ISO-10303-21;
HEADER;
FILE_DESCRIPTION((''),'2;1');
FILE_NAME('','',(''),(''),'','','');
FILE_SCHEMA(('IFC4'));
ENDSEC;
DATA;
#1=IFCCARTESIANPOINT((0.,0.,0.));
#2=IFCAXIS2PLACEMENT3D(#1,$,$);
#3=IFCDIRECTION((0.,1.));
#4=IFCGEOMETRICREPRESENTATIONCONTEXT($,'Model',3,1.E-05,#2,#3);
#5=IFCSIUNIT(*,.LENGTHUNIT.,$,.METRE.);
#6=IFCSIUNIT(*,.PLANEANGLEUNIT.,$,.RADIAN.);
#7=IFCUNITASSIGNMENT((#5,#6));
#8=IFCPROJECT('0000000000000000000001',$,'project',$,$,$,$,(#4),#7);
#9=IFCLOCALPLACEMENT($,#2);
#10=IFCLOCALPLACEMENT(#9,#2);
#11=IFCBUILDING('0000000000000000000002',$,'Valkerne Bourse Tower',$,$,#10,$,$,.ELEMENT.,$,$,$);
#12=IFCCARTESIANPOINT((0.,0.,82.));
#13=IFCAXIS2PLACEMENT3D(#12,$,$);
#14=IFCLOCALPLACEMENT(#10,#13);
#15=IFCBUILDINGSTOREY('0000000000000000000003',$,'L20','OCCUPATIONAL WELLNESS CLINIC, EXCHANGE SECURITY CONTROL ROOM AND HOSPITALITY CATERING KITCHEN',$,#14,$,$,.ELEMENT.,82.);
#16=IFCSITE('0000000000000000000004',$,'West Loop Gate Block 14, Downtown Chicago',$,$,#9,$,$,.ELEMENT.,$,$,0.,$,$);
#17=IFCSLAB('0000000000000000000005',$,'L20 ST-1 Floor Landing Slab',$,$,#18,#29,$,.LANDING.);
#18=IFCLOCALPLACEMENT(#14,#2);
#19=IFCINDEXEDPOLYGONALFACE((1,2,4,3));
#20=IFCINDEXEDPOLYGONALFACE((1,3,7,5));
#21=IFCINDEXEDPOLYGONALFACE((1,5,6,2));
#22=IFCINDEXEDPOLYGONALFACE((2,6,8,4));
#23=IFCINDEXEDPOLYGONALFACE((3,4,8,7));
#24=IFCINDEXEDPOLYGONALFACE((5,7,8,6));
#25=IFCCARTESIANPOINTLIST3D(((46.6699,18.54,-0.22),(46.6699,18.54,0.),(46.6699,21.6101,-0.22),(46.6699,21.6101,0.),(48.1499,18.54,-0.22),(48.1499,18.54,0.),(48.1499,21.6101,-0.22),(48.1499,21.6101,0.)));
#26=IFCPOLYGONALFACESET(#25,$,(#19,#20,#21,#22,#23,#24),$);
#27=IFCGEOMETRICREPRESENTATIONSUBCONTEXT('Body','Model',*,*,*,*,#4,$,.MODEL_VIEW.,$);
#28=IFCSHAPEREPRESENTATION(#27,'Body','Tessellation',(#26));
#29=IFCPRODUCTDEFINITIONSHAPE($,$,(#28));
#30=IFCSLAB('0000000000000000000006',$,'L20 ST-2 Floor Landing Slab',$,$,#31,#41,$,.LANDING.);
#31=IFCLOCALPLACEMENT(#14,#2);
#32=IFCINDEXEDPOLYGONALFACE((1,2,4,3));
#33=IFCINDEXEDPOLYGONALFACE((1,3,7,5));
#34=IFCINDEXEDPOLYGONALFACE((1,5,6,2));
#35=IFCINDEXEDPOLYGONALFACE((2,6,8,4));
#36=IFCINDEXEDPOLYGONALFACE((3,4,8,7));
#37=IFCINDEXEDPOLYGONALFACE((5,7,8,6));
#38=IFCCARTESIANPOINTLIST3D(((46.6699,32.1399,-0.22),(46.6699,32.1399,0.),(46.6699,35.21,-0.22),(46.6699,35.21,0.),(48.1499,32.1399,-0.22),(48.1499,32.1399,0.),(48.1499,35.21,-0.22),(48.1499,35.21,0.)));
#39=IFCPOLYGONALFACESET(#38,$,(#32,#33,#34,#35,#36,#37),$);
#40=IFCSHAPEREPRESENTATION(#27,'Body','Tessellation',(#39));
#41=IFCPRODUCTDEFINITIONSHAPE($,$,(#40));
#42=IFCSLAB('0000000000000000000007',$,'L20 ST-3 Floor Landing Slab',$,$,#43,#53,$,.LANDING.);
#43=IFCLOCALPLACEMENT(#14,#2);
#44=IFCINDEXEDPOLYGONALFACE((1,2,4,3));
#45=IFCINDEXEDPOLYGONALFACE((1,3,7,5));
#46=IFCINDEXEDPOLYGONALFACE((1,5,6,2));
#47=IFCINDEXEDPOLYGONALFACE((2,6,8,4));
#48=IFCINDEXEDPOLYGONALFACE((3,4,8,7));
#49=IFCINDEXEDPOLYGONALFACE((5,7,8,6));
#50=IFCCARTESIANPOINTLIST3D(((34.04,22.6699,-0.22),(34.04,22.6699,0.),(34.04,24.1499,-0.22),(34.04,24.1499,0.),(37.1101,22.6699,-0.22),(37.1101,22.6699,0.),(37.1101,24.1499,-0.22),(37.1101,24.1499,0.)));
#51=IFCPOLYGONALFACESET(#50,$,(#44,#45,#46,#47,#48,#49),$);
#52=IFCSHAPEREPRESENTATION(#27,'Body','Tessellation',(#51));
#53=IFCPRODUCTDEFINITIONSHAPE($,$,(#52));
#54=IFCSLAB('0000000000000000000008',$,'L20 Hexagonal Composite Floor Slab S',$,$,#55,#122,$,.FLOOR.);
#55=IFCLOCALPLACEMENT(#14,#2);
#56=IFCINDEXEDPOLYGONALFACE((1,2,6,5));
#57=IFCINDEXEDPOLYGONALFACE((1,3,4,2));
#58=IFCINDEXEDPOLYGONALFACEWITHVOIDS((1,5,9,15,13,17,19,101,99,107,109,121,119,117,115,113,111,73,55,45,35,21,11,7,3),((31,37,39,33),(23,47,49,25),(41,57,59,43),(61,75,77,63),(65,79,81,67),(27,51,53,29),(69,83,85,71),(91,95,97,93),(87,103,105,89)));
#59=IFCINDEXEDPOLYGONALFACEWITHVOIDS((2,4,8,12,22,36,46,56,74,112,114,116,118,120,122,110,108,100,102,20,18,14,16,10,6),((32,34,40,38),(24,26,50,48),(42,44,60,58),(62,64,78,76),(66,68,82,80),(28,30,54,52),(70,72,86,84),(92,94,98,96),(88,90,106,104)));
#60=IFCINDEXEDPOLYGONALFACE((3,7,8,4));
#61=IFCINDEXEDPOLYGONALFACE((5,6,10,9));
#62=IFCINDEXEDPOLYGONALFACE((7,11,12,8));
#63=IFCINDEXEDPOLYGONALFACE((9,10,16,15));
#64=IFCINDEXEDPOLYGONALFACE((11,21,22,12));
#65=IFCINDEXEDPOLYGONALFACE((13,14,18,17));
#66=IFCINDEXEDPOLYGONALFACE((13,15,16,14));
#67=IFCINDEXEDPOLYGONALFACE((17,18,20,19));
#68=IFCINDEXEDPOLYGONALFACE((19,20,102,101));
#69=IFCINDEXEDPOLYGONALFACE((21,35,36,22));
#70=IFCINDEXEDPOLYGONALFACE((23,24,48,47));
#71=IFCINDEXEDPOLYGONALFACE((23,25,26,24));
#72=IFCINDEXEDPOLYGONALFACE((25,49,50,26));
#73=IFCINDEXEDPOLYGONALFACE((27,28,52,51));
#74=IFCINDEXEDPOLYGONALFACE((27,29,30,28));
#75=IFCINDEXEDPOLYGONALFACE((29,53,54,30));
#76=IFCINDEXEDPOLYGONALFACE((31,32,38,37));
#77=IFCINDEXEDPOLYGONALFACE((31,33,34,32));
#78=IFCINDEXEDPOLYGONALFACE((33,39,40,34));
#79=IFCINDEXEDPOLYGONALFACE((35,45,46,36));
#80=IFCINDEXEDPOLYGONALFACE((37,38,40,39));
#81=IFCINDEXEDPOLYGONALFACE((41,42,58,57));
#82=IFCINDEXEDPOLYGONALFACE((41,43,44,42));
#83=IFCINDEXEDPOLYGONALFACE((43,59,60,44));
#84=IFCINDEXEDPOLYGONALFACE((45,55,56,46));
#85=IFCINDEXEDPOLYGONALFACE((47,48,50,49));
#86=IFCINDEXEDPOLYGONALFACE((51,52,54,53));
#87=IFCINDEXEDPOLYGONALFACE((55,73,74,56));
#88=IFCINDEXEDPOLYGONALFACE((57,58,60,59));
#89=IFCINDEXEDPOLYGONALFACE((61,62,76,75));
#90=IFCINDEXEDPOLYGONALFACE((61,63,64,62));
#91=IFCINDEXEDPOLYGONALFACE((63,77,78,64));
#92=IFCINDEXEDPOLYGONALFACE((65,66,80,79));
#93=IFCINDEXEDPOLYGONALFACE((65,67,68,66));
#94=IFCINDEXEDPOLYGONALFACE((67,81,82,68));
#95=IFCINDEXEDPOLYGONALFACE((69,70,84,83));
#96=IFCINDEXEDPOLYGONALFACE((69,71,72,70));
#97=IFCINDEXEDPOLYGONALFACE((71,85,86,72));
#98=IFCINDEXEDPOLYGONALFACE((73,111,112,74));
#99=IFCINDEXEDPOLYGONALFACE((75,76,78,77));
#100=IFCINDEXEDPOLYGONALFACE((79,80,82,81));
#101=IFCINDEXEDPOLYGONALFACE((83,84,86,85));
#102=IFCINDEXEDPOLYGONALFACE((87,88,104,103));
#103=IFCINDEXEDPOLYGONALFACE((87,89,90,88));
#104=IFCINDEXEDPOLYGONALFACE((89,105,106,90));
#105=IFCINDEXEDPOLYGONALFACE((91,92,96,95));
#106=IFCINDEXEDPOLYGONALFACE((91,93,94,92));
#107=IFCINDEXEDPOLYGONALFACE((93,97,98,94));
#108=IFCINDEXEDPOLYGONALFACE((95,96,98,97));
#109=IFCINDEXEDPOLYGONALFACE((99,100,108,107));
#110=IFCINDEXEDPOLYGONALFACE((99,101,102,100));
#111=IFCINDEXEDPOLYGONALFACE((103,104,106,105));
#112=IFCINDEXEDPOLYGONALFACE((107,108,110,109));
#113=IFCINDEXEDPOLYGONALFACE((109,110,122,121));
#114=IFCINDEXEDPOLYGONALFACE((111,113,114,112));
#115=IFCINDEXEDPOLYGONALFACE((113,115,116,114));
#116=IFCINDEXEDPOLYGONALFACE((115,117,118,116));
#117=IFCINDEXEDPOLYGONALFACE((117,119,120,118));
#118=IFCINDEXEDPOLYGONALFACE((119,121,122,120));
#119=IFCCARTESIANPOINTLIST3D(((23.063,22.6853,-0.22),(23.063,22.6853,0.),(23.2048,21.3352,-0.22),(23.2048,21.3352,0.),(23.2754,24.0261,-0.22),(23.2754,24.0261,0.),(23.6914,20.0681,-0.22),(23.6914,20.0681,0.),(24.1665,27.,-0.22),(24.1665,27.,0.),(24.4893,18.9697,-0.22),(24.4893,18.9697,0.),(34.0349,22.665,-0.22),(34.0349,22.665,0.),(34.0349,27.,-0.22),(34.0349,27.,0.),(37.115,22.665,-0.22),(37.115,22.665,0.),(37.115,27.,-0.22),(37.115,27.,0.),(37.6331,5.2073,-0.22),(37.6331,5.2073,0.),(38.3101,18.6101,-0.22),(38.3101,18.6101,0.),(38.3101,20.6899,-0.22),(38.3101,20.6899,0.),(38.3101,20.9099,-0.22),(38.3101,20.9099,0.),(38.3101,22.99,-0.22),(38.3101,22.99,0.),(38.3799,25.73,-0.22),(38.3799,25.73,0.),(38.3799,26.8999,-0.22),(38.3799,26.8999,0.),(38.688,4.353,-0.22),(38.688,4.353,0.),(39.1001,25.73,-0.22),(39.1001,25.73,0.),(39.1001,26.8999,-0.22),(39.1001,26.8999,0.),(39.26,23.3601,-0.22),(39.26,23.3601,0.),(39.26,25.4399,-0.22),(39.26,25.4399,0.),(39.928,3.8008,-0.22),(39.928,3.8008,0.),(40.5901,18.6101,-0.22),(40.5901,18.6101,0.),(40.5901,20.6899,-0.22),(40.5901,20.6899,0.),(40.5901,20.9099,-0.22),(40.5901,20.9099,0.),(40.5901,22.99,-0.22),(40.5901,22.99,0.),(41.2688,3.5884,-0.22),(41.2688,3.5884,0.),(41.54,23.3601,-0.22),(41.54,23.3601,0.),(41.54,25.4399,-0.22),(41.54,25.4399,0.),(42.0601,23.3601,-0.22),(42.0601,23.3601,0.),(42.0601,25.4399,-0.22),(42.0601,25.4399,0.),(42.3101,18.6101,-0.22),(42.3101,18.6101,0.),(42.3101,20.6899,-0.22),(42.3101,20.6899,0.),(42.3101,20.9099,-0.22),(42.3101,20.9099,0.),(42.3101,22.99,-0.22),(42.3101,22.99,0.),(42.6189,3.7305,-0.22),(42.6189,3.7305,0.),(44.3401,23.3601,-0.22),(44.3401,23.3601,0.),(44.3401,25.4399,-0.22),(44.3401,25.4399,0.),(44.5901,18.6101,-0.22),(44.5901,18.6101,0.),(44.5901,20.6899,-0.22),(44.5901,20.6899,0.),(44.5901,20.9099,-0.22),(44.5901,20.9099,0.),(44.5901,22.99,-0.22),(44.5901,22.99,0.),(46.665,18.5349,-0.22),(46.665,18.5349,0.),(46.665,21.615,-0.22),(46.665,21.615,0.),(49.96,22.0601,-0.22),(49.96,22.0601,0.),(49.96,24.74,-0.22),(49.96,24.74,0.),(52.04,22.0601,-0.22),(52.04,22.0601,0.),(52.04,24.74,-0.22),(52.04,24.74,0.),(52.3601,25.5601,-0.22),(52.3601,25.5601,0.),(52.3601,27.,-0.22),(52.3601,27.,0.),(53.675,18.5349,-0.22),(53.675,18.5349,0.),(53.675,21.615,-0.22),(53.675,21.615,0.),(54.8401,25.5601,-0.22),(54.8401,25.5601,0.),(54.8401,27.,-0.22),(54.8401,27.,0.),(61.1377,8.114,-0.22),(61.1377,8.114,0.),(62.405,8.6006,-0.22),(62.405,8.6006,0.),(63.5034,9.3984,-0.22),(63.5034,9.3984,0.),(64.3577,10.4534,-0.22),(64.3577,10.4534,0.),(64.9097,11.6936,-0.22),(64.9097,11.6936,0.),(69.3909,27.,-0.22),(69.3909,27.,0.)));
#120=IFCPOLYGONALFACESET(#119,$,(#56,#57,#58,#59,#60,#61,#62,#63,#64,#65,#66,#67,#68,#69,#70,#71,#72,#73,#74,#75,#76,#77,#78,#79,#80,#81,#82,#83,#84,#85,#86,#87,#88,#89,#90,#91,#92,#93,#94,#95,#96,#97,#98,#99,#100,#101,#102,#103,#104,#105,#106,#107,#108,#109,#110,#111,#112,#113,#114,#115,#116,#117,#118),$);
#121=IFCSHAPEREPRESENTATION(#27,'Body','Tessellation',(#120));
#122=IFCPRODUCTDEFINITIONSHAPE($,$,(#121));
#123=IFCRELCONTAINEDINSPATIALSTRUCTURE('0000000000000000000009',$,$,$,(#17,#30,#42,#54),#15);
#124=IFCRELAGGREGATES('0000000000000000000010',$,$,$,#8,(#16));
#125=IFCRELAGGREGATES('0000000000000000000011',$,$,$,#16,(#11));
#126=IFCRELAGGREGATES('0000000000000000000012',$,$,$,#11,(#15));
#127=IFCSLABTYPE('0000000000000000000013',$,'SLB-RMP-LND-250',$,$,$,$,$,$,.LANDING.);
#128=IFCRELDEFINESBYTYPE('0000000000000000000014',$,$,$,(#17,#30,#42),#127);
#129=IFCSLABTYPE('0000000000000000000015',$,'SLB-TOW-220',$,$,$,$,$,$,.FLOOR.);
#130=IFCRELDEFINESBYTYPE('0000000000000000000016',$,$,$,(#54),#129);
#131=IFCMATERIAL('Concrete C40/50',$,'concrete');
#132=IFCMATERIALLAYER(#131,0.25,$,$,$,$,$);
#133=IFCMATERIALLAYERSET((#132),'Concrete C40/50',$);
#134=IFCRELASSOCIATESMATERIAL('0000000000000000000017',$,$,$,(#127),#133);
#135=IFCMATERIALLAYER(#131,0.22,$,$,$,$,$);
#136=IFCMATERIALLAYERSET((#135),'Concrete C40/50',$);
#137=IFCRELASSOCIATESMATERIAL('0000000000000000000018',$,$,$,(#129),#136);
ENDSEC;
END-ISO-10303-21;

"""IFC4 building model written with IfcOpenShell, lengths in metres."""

from ifc_helpers import new_model, si_unit, direction, frame, origin, place, context, subcontext, project, spatial, polyline, outline, extrude, material, layer, layer_set, type_object, element, save


model = new_model("IFC4")

# Units and contexts
model_context = context("Model", 3, precision=1e-05, world=origin(), true_north=direction((0.0, 1.0)))
body_context = subcontext(model_context, "Body", "Model", "MODEL_VIEW")
ifc_project = project(units=[si_unit("LENGTHUNIT", "METRE"), si_unit("PLANEANGLEUNIT", "RADIAN")], contexts=[model_context])

# Site, building, storey
site_placement = place(None, origin())
site = spatial("IfcSite", under=ifc_project, at=site_placement, Name="West Loop Gate Block 14, Downtown Chicago", CompositionType="ELEMENT", RefElevation=0.0)
building_placement = place(site_placement, origin())
building = spatial("IfcBuilding", under=site, at=building_placement, Name="Valkerne Bourse Tower", CompositionType="ELEMENT")
storey_placement = place(building_placement, frame((0.0, 0.0, 82.0)))
storey = spatial("IfcBuildingStorey", under=building, at=storey_placement, Name="L20", Description="OCCUPATIONAL WELLNESS CLINIC, EXCHANGE SECURITY CONTROL ROOM AND HOSPITALITY CATERING KITCHEN", CompositionType="ELEMENT", Elevation=82.0)

# Slabs
ifc_material_1 = material(Name="Concrete C40/50", Category="concrete")
ifc_layer_1 = layer(ifc_material_1, 0.25)
ifc_layer_set_1 = layer_set([ifc_layer_1], Name="Concrete C40/50")
slab_type_1 = type_object("IfcSlabType", Name="SLB-RMP-LND-250", PredefinedType="LANDING", material=ifc_layer_set_1)
slab_1_placement = place(storey_placement, frame((0.0, 0.0, -0.22)))
element("IfcSlab", 1, at=slab_1_placement, inside=storey, type_object=slab_type_1, Name="L20 ST-1 Floor Landing Slab", PredefinedType="LANDING", context=body_context, shape_type="SweptSolid", body=[
    extrude(outline(polyline([(46.6699, 18.54), (48.1499, 18.54), (48.1499, 21.6101), (46.6699, 21.6101), (46.6699, 18.54)])), origin(), (0.0, 0.0, 1.0), 0.22),
])
slab_2_placement = place(storey_placement, frame((0.0, 0.0, -0.22)))
element("IfcSlab", 2, at=slab_2_placement, inside=storey, type_object=slab_type_1, Name="L20 ST-2 Floor Landing Slab", PredefinedType="LANDING", context=body_context, shape_type="SweptSolid", body=[
    extrude(outline(polyline([(46.6699, 32.1399), (48.1499, 32.1399), (48.1499, 35.21), (46.6699, 35.21), (46.6699, 32.1399)])), origin(), (0.0, 0.0, 1.0), 0.22),
])
slab_3_placement = place(storey_placement, frame((0.0, 0.0, -0.22)))
element("IfcSlab", 3, at=slab_3_placement, inside=storey, type_object=slab_type_1, Name="L20 ST-3 Floor Landing Slab", PredefinedType="LANDING", context=body_context, shape_type="SweptSolid", body=[
    extrude(outline(polyline([(37.1101, 22.6699), (37.1101, 24.1499), (34.04, 24.1499), (34.04, 22.6699), (37.1101, 22.6699)])), origin(), (0.0, 0.0, 1.0), 0.22),
])
ifc_layer_2 = layer(ifc_material_1, 0.22)
ifc_layer_set_2 = layer_set([ifc_layer_2], Name="Concrete C40/50")
slab_type_2 = type_object("IfcSlabType", Name="SLB-TOW-220", PredefinedType="FLOOR", material=ifc_layer_set_2)
slab_4_placement = place(storey_placement, frame((0.0, 0.0, -0.22)))
element("IfcSlab", 4, at=slab_4_placement, inside=storey, type_object=slab_type_2, Name="L20 Hexagonal Composite Floor Slab S", PredefinedType="FLOOR", context=body_context, shape_type="SweptSolid", body=[
    extrude(outline(polyline([(64.3577, 10.4534), (63.5034, 9.3984), (62.405, 8.6006), (61.1377, 8.114), (42.6189, 3.7305), (41.2688, 3.5884), (39.928, 3.8008), (38.688, 4.353), (37.6331, 5.2073), (24.4893, 18.9697), (23.6914, 20.0681), (23.2048, 21.3352), (23.063, 22.6853), (23.2754, 24.0261), (24.1665, 27.0), (34.0349, 27.0), (34.0349, 22.665), (37.115, 22.665), (37.115, 27.0), (52.3601, 27.0), (52.3601, 25.5601), (54.8401, 25.5601), (54.8401, 27.0), (69.3909, 27.0), (64.9097, 11.6936), (64.3577, 10.4534)]), holes=[polyline([(40.5901, 20.6899), (38.3101, 20.6899), (38.3101, 18.6101), (40.5901, 18.6101), (40.5901, 20.6899)]), polyline([(40.5901, 22.99), (38.3101, 22.99), (38.3101, 20.9099), (40.5901, 20.9099), (40.5901, 22.99)]), polyline([(41.54, 25.4399), (39.26, 25.4399), (39.26, 23.3601), (41.54, 23.3601), (41.54, 25.4399)]), polyline([(39.1001, 25.73), (39.1001, 26.8999), (38.3799, 26.8999), (38.3799, 25.73), (39.1001, 25.73)]), polyline([(44.5901, 20.6899), (42.3101, 20.6899), (42.3101, 18.6101), (44.5901, 18.6101), (44.5901, 20.6899)]), polyline([(53.675, 21.615), (46.665, 21.615), (46.665, 18.5349), (53.675, 18.5349), (53.675, 21.615)]), polyline([(44.5901, 22.99), (42.3101, 22.99), (42.3101, 20.9099), (44.5901, 20.9099), (44.5901, 22.99)]), polyline([(52.04, 22.0601), (52.04, 24.74), (49.96, 24.74), (49.96, 22.0601), (52.04, 22.0601)]), polyline([(44.3401, 23.3601), (44.3401, 25.4399), (42.0601, 25.4399), (42.0601, 23.3601), (44.3401, 23.3601)])]), origin(), (0.0, 0.0, 1.0), 0.22),
])

save(model, "model.ifc")
